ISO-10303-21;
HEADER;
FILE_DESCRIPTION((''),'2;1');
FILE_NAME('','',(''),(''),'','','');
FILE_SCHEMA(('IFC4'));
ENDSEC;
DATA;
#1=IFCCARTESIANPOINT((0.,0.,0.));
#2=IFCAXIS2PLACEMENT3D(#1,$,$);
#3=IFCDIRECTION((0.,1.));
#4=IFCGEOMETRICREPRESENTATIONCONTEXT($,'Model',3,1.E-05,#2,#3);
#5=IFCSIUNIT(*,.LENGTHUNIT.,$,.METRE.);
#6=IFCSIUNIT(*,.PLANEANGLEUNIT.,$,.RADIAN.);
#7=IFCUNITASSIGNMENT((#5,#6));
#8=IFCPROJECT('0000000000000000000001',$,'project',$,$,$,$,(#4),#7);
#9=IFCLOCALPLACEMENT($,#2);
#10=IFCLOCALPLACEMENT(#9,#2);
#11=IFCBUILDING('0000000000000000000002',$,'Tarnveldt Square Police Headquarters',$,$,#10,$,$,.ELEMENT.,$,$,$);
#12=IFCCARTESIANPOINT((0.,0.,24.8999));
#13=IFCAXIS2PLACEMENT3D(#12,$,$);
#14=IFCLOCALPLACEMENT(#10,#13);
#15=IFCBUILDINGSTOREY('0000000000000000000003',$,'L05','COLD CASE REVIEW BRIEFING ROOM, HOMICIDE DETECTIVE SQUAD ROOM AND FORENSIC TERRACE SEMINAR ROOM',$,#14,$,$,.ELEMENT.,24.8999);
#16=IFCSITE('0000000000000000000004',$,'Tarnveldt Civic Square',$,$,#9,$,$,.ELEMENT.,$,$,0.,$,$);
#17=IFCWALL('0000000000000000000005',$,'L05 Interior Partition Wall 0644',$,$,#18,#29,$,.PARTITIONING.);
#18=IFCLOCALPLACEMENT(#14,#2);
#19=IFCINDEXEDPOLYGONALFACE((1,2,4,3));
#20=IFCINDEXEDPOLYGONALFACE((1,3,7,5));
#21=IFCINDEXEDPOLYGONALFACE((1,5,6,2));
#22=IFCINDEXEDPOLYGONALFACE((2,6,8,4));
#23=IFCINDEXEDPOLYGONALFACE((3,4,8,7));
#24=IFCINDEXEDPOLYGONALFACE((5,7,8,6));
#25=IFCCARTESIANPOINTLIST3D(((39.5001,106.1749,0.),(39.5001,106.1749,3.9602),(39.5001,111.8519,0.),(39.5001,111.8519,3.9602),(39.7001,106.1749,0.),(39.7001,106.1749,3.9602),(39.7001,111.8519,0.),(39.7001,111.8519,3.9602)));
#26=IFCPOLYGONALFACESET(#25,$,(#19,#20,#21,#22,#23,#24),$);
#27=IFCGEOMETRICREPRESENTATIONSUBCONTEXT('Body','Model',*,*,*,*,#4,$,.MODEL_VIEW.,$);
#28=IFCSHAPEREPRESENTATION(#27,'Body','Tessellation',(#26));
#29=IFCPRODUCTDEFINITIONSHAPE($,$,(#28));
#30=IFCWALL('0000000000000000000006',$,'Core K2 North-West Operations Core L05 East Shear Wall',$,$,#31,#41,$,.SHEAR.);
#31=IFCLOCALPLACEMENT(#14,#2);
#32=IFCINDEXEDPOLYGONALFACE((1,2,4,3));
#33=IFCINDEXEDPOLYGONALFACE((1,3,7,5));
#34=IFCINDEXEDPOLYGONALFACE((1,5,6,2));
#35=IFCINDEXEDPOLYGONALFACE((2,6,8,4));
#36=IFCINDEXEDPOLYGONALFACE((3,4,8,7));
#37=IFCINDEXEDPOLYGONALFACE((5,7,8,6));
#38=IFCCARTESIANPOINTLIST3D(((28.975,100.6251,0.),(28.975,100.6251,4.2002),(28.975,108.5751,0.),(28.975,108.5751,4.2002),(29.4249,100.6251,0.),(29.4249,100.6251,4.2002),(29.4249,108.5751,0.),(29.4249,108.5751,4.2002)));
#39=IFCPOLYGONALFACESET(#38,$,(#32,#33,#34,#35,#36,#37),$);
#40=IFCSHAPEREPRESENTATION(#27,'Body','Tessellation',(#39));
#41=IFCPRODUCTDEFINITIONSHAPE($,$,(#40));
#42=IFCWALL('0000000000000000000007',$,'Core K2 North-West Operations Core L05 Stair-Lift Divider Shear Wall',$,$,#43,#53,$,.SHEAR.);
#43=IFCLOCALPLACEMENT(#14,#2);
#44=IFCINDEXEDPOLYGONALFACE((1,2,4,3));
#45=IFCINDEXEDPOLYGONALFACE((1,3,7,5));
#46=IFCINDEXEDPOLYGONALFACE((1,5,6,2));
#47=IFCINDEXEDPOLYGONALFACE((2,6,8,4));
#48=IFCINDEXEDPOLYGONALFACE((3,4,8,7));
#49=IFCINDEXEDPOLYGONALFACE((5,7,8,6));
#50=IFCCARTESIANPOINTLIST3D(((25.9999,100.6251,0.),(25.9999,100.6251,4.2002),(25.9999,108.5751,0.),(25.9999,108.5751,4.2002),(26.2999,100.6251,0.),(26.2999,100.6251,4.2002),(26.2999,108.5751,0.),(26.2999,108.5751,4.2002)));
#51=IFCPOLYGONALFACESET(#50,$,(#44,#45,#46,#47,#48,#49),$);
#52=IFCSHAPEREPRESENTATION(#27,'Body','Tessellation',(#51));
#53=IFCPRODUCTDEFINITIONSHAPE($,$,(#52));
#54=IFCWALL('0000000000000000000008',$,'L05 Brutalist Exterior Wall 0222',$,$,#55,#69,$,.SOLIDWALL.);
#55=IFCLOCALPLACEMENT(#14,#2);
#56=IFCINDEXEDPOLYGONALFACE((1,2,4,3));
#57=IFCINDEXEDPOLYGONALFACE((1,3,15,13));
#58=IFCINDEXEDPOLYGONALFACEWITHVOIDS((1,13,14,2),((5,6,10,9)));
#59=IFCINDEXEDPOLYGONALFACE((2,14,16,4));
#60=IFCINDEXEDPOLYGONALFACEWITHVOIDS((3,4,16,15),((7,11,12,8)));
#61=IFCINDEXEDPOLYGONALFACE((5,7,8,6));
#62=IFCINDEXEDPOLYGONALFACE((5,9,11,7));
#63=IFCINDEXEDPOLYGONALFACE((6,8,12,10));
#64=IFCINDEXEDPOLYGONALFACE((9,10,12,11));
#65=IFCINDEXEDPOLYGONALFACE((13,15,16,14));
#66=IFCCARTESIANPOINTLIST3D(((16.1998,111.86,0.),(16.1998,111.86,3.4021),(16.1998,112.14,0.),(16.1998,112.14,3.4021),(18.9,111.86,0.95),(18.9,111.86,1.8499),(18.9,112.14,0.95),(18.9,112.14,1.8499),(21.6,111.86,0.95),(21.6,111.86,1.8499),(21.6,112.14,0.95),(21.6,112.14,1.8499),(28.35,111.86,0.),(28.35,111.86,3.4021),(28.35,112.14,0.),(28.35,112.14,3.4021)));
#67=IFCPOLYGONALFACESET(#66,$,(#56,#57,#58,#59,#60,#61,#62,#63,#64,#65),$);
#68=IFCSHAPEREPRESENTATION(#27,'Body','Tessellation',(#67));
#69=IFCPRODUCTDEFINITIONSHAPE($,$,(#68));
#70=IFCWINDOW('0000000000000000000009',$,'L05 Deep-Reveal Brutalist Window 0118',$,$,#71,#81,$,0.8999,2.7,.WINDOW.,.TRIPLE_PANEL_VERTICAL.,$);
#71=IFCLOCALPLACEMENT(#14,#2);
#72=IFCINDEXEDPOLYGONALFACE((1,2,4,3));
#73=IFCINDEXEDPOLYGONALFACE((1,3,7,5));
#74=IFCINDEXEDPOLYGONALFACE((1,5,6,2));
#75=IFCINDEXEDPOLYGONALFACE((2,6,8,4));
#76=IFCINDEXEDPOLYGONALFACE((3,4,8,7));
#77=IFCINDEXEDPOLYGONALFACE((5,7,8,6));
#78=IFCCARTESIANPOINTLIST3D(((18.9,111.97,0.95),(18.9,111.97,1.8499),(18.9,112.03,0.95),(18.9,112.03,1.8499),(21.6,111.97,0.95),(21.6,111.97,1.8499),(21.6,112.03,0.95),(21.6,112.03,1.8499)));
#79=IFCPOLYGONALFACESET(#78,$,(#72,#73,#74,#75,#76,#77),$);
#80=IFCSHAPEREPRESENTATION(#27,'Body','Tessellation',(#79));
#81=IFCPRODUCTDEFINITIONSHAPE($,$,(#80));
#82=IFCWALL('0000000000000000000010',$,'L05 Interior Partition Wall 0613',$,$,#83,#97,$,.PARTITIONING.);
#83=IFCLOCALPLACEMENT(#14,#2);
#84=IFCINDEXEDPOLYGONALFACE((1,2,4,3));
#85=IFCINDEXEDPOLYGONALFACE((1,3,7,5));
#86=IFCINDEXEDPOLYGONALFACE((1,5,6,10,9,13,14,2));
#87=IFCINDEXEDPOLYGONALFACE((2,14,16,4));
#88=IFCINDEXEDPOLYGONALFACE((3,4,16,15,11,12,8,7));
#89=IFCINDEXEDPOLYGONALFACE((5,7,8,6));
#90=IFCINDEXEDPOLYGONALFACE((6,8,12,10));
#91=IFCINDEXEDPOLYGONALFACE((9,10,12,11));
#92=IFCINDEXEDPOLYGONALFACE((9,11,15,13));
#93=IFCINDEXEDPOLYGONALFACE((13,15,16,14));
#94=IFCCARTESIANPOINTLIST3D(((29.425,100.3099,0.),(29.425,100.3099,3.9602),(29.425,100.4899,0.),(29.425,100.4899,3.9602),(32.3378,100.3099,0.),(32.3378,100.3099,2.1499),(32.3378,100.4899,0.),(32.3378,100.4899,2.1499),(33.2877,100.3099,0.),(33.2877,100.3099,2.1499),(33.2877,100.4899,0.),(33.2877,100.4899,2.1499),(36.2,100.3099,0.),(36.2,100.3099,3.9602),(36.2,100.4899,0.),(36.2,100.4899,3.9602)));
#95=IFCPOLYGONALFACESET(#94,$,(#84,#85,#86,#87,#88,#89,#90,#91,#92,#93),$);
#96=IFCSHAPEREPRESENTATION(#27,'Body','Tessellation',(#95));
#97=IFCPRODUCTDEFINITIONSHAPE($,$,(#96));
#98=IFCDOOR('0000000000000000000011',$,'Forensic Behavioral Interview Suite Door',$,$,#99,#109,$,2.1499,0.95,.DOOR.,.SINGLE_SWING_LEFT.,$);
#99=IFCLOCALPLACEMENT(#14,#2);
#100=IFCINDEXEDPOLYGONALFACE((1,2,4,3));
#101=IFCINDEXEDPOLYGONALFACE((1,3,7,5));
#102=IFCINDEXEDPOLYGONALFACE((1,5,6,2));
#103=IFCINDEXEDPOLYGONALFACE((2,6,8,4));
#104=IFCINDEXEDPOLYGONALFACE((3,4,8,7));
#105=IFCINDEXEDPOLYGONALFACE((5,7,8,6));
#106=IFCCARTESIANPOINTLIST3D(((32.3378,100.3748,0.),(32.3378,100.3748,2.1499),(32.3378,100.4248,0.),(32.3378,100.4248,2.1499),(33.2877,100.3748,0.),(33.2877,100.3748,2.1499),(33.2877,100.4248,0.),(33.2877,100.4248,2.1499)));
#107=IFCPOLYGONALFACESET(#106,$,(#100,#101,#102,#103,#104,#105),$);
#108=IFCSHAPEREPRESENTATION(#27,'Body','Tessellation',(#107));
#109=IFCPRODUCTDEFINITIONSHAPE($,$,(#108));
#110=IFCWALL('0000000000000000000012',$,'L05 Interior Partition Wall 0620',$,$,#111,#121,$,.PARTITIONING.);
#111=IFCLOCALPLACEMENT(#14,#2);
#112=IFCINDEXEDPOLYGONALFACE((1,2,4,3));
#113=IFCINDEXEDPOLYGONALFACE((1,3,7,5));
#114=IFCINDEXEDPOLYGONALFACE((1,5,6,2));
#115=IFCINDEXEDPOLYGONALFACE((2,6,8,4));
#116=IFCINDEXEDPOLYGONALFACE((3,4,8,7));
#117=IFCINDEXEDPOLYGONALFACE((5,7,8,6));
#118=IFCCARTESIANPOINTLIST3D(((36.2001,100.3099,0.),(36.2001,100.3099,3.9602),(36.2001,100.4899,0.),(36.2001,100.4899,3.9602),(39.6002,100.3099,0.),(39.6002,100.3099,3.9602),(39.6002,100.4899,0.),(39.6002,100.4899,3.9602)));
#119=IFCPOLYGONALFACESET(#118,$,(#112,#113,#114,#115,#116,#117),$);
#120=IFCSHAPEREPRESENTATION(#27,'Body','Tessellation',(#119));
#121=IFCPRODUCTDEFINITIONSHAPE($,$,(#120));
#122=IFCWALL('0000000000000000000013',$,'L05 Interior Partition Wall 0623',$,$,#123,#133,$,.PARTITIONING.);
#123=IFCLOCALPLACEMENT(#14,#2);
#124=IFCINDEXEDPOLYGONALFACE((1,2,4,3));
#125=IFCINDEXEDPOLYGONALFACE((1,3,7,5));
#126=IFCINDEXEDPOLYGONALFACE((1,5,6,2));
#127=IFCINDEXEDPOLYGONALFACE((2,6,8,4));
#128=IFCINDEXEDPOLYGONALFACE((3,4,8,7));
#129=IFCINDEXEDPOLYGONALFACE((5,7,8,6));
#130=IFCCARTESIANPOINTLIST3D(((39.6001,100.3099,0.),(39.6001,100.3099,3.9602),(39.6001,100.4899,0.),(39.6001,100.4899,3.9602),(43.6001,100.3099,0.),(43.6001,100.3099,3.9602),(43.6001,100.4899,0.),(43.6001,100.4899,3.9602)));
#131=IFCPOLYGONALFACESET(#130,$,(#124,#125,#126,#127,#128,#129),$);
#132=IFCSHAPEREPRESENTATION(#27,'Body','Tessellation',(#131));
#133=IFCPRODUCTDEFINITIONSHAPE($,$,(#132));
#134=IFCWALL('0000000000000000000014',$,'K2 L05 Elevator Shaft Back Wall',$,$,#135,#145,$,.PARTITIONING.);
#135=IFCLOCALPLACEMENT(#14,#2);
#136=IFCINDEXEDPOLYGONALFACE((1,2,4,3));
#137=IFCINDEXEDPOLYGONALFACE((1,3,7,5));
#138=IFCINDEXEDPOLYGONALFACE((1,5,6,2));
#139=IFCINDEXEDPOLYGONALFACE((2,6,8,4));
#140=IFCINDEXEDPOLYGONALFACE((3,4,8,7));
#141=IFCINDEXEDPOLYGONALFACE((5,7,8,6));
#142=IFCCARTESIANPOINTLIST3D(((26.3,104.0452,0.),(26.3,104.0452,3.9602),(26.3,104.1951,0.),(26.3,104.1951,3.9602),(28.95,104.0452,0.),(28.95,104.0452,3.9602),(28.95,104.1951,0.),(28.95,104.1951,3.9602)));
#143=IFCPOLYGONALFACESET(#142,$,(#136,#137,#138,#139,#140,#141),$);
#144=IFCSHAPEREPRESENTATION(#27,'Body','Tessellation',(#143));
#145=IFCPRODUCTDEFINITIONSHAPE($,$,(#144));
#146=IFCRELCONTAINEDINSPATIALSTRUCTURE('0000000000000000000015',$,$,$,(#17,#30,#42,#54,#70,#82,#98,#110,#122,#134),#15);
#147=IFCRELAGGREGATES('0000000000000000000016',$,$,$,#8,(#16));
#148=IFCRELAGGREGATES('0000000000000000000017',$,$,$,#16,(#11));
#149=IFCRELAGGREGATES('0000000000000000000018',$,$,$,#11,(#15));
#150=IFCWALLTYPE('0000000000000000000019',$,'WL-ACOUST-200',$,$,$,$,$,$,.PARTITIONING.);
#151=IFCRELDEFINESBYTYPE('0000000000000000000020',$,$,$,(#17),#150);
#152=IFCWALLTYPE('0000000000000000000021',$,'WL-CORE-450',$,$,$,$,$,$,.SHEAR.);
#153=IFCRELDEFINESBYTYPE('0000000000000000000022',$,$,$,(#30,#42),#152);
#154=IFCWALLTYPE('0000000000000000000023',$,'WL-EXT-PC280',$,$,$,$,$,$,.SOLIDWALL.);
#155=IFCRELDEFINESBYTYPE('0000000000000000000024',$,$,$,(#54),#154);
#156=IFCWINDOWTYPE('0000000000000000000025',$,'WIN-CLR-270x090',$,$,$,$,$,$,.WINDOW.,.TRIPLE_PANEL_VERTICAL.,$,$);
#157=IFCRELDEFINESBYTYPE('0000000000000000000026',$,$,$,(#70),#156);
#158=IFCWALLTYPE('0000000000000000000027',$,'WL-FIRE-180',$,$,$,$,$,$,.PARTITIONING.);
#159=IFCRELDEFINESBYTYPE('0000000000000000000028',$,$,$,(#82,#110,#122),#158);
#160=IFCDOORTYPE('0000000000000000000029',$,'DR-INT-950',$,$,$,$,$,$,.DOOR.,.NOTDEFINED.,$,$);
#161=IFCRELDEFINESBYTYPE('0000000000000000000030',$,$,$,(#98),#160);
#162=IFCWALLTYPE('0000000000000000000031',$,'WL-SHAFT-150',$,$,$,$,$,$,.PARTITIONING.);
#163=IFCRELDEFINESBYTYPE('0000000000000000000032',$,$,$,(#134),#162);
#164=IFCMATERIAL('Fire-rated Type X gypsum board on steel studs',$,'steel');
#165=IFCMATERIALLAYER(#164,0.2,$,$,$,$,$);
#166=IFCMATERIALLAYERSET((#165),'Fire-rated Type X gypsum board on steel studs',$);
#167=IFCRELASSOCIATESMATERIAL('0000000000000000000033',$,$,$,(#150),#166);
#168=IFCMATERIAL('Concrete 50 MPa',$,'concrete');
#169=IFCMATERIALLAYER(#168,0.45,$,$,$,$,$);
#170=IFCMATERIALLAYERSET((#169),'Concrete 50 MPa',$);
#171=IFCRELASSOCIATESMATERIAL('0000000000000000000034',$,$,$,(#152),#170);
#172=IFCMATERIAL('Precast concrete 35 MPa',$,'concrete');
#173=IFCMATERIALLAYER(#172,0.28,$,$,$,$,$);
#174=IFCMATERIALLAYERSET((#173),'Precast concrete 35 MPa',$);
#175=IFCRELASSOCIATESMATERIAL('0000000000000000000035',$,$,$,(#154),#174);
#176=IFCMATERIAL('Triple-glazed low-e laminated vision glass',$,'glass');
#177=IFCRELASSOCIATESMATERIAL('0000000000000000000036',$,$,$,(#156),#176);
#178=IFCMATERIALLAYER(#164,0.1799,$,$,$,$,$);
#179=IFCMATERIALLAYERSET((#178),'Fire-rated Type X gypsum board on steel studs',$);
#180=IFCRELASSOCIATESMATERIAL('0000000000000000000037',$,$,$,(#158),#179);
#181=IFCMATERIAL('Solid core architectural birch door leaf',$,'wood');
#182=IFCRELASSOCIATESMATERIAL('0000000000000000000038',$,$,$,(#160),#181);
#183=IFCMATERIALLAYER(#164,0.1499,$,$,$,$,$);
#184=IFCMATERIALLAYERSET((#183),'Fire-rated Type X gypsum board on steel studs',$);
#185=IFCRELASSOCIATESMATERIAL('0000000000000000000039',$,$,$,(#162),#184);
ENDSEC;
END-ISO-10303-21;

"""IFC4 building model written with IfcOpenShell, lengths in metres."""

from ifc_helpers import new_model, si_unit, direction, frame, frame_2d, origin, place, context, subcontext, project, spatial, rectangle, extrude, material, layer, layer_set, type_object, element, fill, save


model = new_model("IFC4")

# Units and contexts
model_context = context("Model", 3, precision=1e-05, world=origin(), true_north=direction((0.0, 1.0)))
body_context = subcontext(model_context, "Body", "Model", "MODEL_VIEW")
ifc_project = project(units=[si_unit("LENGTHUNIT", "METRE"), si_unit("PLANEANGLEUNIT", "RADIAN")], contexts=[model_context])

# Site, building, storey
site_placement = place(None, origin())
site = spatial("IfcSite", under=ifc_project, at=site_placement, Name="Tarnveldt Civic Square", CompositionType="ELEMENT", RefElevation=0.0)
building_placement = place(site_placement, origin())
building = spatial("IfcBuilding", under=site, at=building_placement, Name="Tarnveldt Square Police Headquarters", CompositionType="ELEMENT")
storey_placement = place(building_placement, frame((0.0, 0.0, 24.8999)))
storey = spatial("IfcBuildingStorey", under=building, at=storey_placement, Name="L05", Description="COLD CASE REVIEW BRIEFING ROOM, HOMICIDE DETECTIVE SQUAD ROOM AND FORENSIC TERRACE SEMINAR ROOM", CompositionType="ELEMENT", Elevation=24.8999)

# Shared definitions
ifc_material_1 = material(Name="Fire-rated Type X gypsum board on steel studs", Category="steel")
ifc_layer_1 = layer(ifc_material_1, 0.2)
ifc_layer_set_1 = layer_set([ifc_layer_1], Name="Fire-rated Type X gypsum board on steel studs")
wall_type_1 = type_object("IfcWallType", Name="WL-ACOUST-200", PredefinedType="PARTITIONING", material=ifc_layer_set_1)
ifc_material_2 = material(Name="Solid core architectural birch door leaf", Category="wood")

# Walls
for number, where, z_axis, x_axis, name in (
    (1, (39.6001, 106.175, 0.0), (0.0, 0.0, 1.0), (0.0, 1.0, 0.0), "L05 Interior Partition Wall 0644"),
):
    element("IfcWall", number, at=place(storey_placement, frame(where, z_axis=z_axis, x_axis=x_axis)), inside=storey, type_object=wall_type_1, Name=name, PredefinedType="PARTITIONING", context=body_context, shape_type="SweptSolid", body=[
        extrude(rectangle(XDim=5.677, YDim=0.2, at=frame_2d((2.8384, 0.0))), origin(), (0.0, 0.0, 1.0), 3.9602),
    ])
ifc_material_3 = material(Name="Concrete 50 MPa", Category="concrete")
ifc_layer_2 = layer(ifc_material_3, 0.45)
ifc_layer_set_2 = layer_set([ifc_layer_2], Name="Concrete 50 MPa")
wall_type_2 = type_object("IfcWallType", Name="WL-CORE-450", PredefinedType="SHEAR", material=ifc_layer_set_2)
wall_1_placement = place(storey_placement, frame((29.2, 100.625, 0.0), z_axis=(0.0, 0.0, 1.0), x_axis=(0.0, 1.0, 0.0)))
element("IfcWall", 2, at=wall_1_placement, inside=storey, type_object=wall_type_2, Name="Core K2 North-West Operations Core L05 East Shear Wall", PredefinedType="SHEAR", context=body_context, shape_type="SweptSolid", body=[
    extrude(rectangle(XDim=7.95, YDim=0.45, at=frame_2d((3.9751, 0.0))), origin(), (0.0, 0.0, 1.0), 4.2002),
])
wall_2_placement = place(storey_placement, frame((26.1499, 100.625, 0.0), z_axis=(0.0, 0.0, 1.0), x_axis=(0.0, 1.0, 0.0)))
element("IfcWall", 3, at=wall_2_placement, inside=storey, type_object=wall_type_2, Name="Core K2 North-West Operations Core L05 Stair-Lift Divider Shear Wall", PredefinedType="SHEAR", context=body_context, shape_type="SweptSolid", body=[
    extrude(rectangle(XDim=7.95, YDim=0.3, at=frame_2d((3.9751, 0.0))), origin(), (0.0, 0.0, 1.0), 4.2002),
])

# Wall, opening, window
ifc_material_4 = material(Name="Precast concrete 35 MPa", Category="concrete")
ifc_layer_3 = layer(ifc_material_4, 0.28)
ifc_layer_set_3 = layer_set([ifc_layer_3], Name="Precast concrete 35 MPa")
wall_type_3 = type_object("IfcWallType", Name="WL-EXT-PC280", PredefinedType="SOLIDWALL", material=ifc_layer_set_3)
wall_3_placement = place(storey_placement, frame((28.3501, 112.0, 0.0), z_axis=(0.0, 0.0, 1.0), x_axis=(-1.0, 0.0, 0.0)))
wall_3 = element("IfcWall", 4, at=wall_3_placement, inside=storey, type_object=wall_type_3, Name="L05 Brutalist Exterior Wall 0222", PredefinedType="SOLIDWALL", context=body_context, shape_type="SweptSolid", body=[
    extrude(rectangle(XDim=12.1501, YDim=0.28, at=frame_2d((6.0752, 0.0))), origin(), (0.0, 0.0, 1.0), 3.4021),
])
opening_1_placement = place(wall_3_placement, frame((6.75, 0.0, 0.95)))
opening_1 = element("IfcOpeningElement", 5, at=opening_1_placement, cuts=wall_3, PredefinedType="OPENING", context=body_context, shape_type="SweptSolid", body=[
    extrude(rectangle(XDim=2.7, YDim=0.8999, at=frame_2d((1.3501, 0.45))), frame((0.0, 0.1499, 0.0), z_axis=(0.0, -1.0, 0.0), x_axis=(1.0, 0.0, 0.0)), (0.0, 0.0, 1.0), 0.3),
])
ifc_material_5 = material(Name="Triple-glazed low-e laminated vision glass", Category="glass")
window_type = type_object("IfcWindowType", Name="WIN-CLR-270x090", PartitioningType="TRIPLE_PANEL_VERTICAL", PredefinedType="WINDOW", material=ifc_material_5)
window_placement = place(opening_1_placement, origin())
window = element("IfcWindow", 6, at=window_placement, inside=storey, type_object=window_type, Name="L05 Deep-Reveal Brutalist Window 0118", OverallHeight=0.8999, OverallWidth=2.7, PartitioningType="TRIPLE_PANEL_VERTICAL", PredefinedType="WINDOW", context=body_context, shape_type="SweptSolid", body=[
    extrude(rectangle(XDim=2.7, YDim=0.8999, at=frame_2d((1.3501, 0.45))), frame((0.0, 0.03, 0.0), z_axis=(0.0, -1.0, 0.0), x_axis=(1.0, 0.0, 0.0)), (0.0, 0.0, 1.0), 0.0601),
])
fill(opening_1, window)

# Wall, opening, door
ifc_layer_4 = layer(ifc_material_1, 0.1799)
ifc_layer_set_4 = layer_set([ifc_layer_4], Name="Fire-rated Type X gypsum board on steel studs")
wall_type_4 = type_object("IfcWallType", Name="WL-FIRE-180", PredefinedType="PARTITIONING", material=ifc_layer_set_4)
wall_4_placement = place(storey_placement, frame((29.425, 100.3999, 0.0), z_axis=(0.0, 0.0, 1.0), x_axis=(1.0, 0.0, 0.0)))
wall_4 = element("IfcWall", 7, at=wall_4_placement, inside=storey, type_object=wall_type_4, Name="L05 Interior Partition Wall 0613", PredefinedType="PARTITIONING", context=body_context, shape_type="SweptSolid", body=[
    extrude(rectangle(XDim=6.7749, YDim=0.1799, at=frame_2d((3.3875, 0.0))), origin(), (0.0, 0.0, 1.0), 3.9602),
])
opening_2_placement = place(wall_4_placement, frame((2.9126, 0.0, 0.0)))
opening_2 = element("IfcOpeningElement", 8, at=opening_2_placement, cuts=wall_4, PredefinedType="OPENING", context=body_context, shape_type="SweptSolid", body=[
    extrude(rectangle(XDim=0.95, YDim=2.1499, at=frame_2d((0.4751, 1.075))), frame((0.0, 0.0999, 0.0), z_axis=(0.0, -1.0, 0.0), x_axis=(1.0, 0.0, 0.0)), (0.0, 0.0, 1.0), 0.2),
])
door_type_1 = type_object("IfcDoorType", Name="DR-INT-950", OperationType="NOTDEFINED", PredefinedType="DOOR", material=ifc_material_2)
door_1_placement = place(opening_2_placement, origin())
door_1 = element("IfcDoor", 9, at=door_1_placement, inside=storey, type_object=door_type_1, Name="Forensic Behavioral Interview Suite Door", OperationType="SINGLE_SWING_LEFT", OverallHeight=2.1499, OverallWidth=0.95, PredefinedType="DOOR", context=body_context, shape_type="SweptSolid", body=[
    extrude(rectangle(XDim=0.95, YDim=2.1499, at=frame_2d((0.4751, 1.075))), frame((0.0, 0.0249, 0.0), z_axis=(0.0, -1.0, 0.0), x_axis=(1.0, 0.0, 0.0)), (0.0, 0.0, 1.0), 0.05),
])
fill(opening_2, door_1)

# Walls
wall_5_placement = place(storey_placement, frame((36.2, 100.3999, 0.0), z_axis=(0.0, 0.0, 1.0), x_axis=(1.0, 0.0, 0.0)))
element("IfcWall", 10, at=wall_5_placement, inside=storey, type_object=wall_type_4, Name="L05 Interior Partition Wall 0620", PredefinedType="PARTITIONING", context=body_context, shape_type="SweptSolid", body=[
    extrude(rectangle(XDim=3.4001, YDim=0.1799, at=frame_2d((1.7002, 0.0))), origin(), (0.0, 0.0, 1.0), 3.9602),
])
wall_6_placement = place(storey_placement, frame((39.6001, 100.3999, 0.0), z_axis=(0.0, 0.0, 1.0), x_axis=(1.0, 0.0, 0.0)))
element("IfcWall", 11, at=wall_6_placement, inside=storey, type_object=wall_type_4, Name="L05 Interior Partition Wall 0623", PredefinedType="PARTITIONING", context=body_context, shape_type="SweptSolid", body=[
    extrude(rectangle(XDim=4.0, YDim=0.1799, at=frame_2d((2.0, 0.0))), origin(), (0.0, 0.0, 1.0), 3.9602),
])
ifc_layer_5 = layer(ifc_material_1, 0.1499)
ifc_layer_set_5 = layer_set([ifc_layer_5], Name="Fire-rated Type X gypsum board on steel studs")
wall_type_5 = type_object("IfcWallType", Name="WL-SHAFT-150", PredefinedType="PARTITIONING", material=ifc_layer_set_5)
wall_7_placement = place(storey_placement, frame((26.3, 104.1201, 0.0), z_axis=(0.0, 0.0, 1.0), x_axis=(1.0, 0.0, 0.0)))
element("IfcWall", 12, at=wall_7_placement, inside=storey, type_object=wall_type_5, Name="K2 L05 Elevator Shaft Back Wall", PredefinedType="PARTITIONING", context=body_context, shape_type="SweptSolid", body=[
    extrude(rectangle(XDim=2.6499, YDim=0.1499, at=frame_2d((1.325, 0.0))), origin(), (0.0, 0.0, 1.0), 3.9602),
])

save(model, "model.ifc")
